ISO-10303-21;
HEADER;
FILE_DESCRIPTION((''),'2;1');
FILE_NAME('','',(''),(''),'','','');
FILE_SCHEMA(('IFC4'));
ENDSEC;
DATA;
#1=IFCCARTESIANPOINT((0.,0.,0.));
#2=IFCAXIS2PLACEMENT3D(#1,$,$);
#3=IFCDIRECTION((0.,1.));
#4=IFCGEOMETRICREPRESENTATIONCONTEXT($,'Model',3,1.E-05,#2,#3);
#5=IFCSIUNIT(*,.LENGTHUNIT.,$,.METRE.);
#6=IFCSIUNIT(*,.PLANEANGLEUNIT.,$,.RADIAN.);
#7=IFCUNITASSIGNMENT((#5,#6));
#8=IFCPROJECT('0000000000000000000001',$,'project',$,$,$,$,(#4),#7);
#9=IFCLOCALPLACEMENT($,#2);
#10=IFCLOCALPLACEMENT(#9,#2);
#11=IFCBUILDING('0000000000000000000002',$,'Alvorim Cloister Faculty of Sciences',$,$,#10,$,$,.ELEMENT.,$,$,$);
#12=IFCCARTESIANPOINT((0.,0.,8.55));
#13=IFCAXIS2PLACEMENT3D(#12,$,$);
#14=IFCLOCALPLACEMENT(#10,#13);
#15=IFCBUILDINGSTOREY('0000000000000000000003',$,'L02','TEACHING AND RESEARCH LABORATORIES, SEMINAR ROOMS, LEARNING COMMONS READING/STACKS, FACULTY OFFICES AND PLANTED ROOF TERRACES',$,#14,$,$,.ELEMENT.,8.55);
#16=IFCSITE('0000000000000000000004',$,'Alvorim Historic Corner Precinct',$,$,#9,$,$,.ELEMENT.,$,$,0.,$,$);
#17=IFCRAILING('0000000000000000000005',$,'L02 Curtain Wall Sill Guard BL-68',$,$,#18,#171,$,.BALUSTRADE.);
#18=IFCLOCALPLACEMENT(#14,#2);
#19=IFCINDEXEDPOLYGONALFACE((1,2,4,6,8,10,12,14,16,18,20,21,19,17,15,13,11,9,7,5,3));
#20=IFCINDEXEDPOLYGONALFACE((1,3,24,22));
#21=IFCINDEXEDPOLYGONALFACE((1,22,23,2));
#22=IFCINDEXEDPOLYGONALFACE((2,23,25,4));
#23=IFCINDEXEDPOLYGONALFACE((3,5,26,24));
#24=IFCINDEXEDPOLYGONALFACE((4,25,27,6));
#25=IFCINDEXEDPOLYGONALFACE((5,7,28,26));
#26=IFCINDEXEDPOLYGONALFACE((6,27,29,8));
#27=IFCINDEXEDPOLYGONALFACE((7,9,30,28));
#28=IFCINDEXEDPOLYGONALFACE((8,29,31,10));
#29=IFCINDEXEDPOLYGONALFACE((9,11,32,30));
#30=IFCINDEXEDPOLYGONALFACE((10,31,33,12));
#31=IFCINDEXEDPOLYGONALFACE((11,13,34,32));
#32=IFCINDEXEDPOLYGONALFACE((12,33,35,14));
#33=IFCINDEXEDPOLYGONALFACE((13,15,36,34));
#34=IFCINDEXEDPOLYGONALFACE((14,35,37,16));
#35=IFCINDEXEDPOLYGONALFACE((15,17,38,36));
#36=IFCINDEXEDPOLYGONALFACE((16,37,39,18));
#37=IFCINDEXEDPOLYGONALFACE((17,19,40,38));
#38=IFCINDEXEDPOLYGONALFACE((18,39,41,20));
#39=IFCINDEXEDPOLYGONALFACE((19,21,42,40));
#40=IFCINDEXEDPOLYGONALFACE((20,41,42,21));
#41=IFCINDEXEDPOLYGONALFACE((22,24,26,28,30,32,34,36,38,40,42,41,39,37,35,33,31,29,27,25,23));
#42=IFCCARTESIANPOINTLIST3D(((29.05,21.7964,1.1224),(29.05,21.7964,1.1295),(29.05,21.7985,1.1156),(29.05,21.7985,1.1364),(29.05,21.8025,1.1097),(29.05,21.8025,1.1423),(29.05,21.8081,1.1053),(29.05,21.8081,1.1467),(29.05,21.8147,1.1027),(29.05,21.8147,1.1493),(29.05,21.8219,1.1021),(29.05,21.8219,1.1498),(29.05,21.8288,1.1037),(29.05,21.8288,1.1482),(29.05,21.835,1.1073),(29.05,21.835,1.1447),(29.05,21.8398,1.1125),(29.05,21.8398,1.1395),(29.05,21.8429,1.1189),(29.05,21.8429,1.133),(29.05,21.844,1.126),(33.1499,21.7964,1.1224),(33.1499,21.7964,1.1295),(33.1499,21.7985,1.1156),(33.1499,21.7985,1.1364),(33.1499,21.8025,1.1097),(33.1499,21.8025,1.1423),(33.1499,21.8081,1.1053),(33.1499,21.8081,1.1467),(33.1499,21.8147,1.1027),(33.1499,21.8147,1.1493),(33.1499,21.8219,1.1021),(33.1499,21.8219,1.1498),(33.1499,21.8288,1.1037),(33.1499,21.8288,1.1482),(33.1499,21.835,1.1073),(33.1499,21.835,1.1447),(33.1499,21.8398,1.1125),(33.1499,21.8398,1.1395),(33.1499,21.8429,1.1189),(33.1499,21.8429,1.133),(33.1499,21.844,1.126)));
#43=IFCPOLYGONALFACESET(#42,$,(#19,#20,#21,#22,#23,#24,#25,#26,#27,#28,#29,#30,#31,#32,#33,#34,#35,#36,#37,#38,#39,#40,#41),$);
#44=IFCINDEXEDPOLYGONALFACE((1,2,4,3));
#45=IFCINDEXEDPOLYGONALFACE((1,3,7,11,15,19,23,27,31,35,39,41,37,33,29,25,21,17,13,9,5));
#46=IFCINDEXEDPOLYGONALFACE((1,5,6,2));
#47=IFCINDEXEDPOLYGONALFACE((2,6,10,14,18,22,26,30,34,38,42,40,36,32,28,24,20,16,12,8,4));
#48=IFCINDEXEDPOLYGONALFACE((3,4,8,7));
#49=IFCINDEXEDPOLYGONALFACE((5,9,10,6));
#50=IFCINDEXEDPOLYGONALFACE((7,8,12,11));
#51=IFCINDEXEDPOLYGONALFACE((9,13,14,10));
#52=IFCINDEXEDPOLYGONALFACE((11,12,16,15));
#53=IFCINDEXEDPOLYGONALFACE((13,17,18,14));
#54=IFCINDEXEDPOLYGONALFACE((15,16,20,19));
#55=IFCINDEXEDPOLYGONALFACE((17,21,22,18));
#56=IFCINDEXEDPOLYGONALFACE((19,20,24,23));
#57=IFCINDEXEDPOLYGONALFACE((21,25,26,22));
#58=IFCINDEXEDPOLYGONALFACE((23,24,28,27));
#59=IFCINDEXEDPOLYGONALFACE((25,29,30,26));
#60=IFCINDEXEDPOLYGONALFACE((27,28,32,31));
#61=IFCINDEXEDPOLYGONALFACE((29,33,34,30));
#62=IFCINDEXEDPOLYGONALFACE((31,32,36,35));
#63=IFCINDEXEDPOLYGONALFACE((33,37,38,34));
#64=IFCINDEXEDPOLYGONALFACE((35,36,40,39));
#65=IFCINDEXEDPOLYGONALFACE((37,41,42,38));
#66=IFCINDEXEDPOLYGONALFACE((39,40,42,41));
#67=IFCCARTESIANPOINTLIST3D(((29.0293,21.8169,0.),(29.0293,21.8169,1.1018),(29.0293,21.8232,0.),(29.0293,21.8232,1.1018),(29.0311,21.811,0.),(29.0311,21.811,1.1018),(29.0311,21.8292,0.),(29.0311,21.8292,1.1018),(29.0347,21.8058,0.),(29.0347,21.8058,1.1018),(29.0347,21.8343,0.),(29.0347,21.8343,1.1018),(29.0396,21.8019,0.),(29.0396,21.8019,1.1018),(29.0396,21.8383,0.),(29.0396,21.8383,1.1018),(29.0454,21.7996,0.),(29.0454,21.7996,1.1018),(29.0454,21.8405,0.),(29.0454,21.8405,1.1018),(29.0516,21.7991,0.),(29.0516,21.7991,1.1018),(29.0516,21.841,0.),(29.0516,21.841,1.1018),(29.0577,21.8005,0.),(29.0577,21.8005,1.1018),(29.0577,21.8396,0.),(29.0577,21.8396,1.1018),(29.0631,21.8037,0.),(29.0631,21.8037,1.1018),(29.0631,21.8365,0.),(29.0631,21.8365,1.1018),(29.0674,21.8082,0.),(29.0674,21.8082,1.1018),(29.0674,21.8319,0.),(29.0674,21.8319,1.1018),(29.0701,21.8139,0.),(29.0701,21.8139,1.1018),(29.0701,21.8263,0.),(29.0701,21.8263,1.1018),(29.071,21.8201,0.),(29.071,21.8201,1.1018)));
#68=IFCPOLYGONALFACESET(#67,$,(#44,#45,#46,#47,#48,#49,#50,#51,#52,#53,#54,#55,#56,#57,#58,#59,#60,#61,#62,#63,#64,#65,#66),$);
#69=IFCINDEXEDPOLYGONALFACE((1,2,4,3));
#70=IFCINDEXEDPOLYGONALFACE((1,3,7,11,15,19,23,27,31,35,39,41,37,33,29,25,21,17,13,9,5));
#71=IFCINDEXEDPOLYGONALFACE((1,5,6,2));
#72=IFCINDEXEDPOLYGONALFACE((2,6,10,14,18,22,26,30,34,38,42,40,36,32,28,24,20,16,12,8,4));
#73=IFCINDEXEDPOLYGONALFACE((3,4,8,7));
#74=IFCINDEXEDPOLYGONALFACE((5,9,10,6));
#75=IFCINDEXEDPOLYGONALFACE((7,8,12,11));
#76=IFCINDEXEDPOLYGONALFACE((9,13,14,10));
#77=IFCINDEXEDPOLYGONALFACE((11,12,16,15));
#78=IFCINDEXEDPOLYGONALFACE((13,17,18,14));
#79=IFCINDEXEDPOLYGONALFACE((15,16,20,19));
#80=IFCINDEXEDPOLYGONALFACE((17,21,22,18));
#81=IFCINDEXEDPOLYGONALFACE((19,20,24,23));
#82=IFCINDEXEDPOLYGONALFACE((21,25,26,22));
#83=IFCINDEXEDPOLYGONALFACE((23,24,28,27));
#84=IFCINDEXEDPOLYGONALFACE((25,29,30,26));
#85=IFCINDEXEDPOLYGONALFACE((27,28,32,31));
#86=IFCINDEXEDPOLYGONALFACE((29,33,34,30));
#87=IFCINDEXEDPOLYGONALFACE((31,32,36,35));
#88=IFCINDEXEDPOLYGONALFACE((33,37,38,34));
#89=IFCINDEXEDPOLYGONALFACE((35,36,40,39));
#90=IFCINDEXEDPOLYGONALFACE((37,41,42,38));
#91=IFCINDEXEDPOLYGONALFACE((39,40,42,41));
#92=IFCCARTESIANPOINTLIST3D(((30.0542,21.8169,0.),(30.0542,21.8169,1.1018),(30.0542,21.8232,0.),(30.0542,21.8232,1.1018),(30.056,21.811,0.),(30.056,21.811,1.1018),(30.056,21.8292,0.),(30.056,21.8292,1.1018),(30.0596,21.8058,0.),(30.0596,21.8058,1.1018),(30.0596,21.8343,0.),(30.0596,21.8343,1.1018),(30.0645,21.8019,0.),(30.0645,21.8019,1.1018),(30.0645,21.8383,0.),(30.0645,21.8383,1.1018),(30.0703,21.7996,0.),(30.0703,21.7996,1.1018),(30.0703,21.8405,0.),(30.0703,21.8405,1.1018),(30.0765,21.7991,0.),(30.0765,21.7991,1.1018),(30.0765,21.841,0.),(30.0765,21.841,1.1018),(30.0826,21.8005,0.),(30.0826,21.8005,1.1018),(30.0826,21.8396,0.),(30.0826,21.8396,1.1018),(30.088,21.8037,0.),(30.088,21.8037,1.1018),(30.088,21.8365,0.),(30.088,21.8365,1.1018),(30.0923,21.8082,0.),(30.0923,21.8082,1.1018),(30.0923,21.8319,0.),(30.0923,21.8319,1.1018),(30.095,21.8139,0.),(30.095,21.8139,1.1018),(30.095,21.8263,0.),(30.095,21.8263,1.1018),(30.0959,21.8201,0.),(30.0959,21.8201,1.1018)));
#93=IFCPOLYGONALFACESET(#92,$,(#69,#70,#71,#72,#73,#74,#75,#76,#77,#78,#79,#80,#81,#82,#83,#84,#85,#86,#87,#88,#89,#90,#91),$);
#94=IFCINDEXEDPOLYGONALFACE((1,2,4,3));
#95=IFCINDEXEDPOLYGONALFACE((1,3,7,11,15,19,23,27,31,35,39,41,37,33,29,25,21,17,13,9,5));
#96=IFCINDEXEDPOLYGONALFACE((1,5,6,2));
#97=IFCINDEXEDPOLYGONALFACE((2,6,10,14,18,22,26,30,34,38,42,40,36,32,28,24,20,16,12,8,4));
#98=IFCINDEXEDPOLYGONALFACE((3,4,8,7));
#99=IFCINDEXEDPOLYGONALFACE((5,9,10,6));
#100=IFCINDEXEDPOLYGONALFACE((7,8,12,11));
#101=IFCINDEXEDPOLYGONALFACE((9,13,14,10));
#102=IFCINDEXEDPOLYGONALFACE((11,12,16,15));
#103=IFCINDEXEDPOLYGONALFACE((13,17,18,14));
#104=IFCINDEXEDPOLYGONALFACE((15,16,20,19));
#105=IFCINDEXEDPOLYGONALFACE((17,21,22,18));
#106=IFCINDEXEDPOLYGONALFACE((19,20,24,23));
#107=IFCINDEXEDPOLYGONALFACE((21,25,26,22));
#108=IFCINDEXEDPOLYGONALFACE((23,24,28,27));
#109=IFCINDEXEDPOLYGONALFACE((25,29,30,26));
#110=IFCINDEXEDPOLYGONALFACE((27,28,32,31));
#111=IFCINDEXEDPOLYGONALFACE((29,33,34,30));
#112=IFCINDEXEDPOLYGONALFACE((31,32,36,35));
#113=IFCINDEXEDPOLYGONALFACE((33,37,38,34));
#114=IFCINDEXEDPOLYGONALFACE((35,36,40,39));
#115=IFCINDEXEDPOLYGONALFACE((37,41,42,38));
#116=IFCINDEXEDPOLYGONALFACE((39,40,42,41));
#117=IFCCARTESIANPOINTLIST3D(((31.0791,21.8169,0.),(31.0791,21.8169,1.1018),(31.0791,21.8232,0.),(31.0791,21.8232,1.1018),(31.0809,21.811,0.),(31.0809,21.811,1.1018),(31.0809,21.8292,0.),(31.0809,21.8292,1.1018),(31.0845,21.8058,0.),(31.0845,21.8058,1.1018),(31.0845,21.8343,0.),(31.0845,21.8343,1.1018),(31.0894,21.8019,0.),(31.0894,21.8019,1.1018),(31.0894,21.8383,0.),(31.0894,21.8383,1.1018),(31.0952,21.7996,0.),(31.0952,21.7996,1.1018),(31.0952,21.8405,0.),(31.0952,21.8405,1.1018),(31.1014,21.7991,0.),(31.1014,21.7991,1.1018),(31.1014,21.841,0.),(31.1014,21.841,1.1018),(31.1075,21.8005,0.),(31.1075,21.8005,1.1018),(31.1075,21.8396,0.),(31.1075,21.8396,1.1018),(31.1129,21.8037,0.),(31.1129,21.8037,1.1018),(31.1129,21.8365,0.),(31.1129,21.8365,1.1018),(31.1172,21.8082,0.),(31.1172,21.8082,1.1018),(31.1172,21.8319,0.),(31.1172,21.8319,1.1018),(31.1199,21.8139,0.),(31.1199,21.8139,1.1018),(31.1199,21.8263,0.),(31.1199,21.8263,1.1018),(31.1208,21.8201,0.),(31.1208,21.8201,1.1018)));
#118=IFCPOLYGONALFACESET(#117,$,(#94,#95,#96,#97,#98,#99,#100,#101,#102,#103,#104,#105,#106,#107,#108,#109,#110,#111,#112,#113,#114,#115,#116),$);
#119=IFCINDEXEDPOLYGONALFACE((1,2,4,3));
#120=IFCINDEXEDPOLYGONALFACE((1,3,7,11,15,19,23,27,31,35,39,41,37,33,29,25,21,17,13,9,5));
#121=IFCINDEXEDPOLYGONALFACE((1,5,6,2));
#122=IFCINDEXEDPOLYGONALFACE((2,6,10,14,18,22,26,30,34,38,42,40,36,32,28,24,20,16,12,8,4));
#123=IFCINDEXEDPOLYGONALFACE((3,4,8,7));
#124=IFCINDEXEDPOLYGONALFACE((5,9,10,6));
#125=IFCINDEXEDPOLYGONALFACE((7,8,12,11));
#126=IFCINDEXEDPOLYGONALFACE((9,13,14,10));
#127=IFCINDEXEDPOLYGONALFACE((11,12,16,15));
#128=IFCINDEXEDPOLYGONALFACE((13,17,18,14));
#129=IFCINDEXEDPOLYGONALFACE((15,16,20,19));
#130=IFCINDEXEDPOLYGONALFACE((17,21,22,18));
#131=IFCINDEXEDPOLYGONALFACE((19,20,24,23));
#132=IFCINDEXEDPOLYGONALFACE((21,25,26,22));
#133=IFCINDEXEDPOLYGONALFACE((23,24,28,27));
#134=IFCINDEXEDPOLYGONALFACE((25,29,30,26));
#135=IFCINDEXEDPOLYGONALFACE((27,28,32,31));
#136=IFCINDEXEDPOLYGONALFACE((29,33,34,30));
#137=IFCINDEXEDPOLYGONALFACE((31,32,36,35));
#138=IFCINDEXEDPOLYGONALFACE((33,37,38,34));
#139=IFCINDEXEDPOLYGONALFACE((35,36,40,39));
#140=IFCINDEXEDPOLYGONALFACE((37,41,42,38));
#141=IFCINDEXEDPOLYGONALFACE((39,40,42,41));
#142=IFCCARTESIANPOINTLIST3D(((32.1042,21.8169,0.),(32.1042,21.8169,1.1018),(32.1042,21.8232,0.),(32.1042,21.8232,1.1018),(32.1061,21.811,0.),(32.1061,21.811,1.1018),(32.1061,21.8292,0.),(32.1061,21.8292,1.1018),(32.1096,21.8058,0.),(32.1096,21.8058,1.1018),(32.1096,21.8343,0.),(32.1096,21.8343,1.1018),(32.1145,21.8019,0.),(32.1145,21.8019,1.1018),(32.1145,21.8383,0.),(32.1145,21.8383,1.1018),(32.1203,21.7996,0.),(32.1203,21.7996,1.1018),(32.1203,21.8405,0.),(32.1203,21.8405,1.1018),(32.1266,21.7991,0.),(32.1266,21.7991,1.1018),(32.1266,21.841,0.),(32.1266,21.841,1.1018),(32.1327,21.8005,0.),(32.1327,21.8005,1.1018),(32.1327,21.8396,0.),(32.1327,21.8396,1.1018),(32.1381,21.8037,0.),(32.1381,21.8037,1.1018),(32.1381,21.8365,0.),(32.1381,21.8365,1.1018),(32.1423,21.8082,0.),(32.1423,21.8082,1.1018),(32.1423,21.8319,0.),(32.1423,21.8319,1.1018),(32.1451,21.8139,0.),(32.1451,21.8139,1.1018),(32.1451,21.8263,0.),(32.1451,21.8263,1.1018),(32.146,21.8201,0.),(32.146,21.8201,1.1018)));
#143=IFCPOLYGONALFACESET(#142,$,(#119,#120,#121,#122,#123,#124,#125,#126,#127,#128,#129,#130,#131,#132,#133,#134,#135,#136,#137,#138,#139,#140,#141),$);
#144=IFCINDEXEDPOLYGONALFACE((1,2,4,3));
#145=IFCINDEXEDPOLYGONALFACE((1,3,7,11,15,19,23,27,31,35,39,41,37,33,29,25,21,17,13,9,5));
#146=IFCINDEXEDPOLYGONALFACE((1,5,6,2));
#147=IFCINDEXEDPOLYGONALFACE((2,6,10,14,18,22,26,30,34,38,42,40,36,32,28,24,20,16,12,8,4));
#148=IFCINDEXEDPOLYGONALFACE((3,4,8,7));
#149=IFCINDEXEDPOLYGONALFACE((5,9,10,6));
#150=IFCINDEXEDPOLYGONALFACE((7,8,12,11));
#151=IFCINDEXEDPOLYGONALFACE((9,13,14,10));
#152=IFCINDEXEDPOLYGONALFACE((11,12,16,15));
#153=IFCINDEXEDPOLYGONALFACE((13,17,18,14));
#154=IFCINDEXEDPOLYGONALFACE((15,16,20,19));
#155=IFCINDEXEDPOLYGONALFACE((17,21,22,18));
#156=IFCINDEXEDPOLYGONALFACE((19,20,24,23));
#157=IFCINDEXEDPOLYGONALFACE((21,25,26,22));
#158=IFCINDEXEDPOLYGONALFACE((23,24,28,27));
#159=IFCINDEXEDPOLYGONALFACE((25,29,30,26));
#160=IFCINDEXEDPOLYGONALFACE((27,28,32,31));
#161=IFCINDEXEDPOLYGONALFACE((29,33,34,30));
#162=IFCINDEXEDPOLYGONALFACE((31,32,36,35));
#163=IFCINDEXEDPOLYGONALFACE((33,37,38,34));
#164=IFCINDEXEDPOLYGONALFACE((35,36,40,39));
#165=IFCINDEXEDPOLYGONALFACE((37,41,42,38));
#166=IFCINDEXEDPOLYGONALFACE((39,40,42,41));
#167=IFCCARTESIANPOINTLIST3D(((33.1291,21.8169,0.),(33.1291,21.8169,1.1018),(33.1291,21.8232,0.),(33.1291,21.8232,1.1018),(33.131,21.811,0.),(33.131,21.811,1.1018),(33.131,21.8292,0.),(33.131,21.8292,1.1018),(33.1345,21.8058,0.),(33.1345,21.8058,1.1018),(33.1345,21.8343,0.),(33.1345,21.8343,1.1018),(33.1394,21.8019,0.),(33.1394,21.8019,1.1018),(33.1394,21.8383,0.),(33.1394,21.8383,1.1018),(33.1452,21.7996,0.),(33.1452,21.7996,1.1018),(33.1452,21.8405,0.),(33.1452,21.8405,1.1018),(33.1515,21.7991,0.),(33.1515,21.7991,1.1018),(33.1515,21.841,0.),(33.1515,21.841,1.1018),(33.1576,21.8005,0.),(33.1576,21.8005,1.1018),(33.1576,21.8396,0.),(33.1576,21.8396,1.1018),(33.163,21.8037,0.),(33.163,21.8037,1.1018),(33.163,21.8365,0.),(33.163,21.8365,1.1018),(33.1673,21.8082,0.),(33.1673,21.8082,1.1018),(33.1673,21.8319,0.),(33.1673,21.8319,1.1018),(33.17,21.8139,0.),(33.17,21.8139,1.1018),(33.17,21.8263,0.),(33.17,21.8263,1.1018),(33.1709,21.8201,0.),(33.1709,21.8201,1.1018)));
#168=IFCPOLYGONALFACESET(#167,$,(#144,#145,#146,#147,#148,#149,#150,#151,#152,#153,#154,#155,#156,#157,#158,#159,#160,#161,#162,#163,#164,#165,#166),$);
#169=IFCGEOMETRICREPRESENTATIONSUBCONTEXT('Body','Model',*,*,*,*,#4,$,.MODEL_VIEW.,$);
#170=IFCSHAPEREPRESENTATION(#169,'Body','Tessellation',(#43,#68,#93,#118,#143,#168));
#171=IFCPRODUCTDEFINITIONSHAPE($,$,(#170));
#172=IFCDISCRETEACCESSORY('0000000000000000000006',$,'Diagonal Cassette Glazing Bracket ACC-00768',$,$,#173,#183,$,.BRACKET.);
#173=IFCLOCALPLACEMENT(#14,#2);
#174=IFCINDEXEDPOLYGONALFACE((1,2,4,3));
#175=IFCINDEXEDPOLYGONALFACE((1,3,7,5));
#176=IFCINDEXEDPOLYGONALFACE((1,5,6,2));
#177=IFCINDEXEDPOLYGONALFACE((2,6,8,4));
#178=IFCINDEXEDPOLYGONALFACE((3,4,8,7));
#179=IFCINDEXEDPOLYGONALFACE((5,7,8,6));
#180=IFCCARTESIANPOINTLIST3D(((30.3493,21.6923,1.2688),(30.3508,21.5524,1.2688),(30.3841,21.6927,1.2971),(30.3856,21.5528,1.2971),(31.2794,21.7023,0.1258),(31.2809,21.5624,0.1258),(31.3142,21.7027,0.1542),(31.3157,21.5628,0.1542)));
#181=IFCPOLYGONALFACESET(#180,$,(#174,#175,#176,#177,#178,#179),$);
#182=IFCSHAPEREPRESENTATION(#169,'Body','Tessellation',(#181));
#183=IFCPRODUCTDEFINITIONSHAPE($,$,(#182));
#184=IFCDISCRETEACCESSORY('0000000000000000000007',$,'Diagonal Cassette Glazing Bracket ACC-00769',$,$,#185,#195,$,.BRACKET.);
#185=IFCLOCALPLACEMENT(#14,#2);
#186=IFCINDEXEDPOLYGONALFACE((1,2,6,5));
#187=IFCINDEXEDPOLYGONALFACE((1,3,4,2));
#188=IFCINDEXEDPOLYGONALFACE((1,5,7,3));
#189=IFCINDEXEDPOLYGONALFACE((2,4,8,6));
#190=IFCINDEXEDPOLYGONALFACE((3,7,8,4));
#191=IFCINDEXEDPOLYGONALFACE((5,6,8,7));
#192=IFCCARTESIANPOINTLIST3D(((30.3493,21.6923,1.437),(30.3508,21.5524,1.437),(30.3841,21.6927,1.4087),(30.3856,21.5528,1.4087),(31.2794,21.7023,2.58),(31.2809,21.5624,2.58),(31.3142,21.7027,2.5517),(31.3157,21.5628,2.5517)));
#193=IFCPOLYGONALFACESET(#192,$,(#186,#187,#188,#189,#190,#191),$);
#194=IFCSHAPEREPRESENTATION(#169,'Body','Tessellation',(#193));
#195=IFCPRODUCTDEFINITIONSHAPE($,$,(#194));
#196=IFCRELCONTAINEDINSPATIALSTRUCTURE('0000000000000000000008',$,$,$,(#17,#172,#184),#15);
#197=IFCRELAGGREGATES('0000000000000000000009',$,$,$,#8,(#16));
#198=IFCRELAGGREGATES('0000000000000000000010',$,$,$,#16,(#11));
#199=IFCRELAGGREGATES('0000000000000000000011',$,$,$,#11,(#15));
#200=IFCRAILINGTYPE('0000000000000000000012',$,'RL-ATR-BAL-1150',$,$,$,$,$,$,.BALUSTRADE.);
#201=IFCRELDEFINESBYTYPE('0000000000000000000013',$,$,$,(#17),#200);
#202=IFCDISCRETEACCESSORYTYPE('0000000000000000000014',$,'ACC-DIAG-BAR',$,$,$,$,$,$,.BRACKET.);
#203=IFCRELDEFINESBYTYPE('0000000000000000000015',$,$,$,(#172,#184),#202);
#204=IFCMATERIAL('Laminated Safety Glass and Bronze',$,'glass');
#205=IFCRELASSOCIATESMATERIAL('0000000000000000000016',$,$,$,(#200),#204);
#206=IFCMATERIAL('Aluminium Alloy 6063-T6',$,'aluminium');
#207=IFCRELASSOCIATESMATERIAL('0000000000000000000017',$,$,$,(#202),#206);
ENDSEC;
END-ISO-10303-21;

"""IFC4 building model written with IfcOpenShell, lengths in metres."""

from ifc_helpers import new_model, si_unit, direction, frame, origin, origin_2d, place, context, subcontext, project, spatial, rectangle, circle, extrude, material, type_object, element, save


model = new_model("IFC4")

# Units and contexts
model_context = context("Model", 3, precision=1e-05, world=origin(), true_north=direction((0.0, 1.0)))
body_context = subcontext(model_context, "Body", "Model", "MODEL_VIEW")
ifc_project = project(units=[si_unit("LENGTHUNIT", "METRE"), si_unit("PLANEANGLEUNIT", "RADIAN")], contexts=[model_context])

# Site, building, storey
site_placement = place(None, origin())
site = spatial("IfcSite", under=ifc_project, at=site_placement, Name="Alvorim Historic Corner Precinct", CompositionType="ELEMENT", RefElevation=0.0)
building_placement = place(site_placement, origin())
building = spatial("IfcBuilding", under=site, at=building_placement, Name="Alvorim Cloister Faculty of Sciences", CompositionType="ELEMENT")
storey_placement = place(building_placement, frame((0.0, 0.0, 8.55)))
storey = spatial("IfcBuildingStorey", under=building, at=storey_placement, Name="L02", Description="TEACHING AND RESEARCH LABORATORIES, SEMINAR ROOMS, LEARNING COMMONS READING/STACKS, FACULTY OFFICES AND PLANTED ROOF TERRACES", CompositionType="ELEMENT", Elevation=8.55)

# Shared definitions
ifc_material_1 = material(Name="Aluminium Alloy 6063-T6", Category="aluminium")

# Railing
ifc_material_2 = material(Name="Laminated Safety Glass and Bronze", Category="glass")
railing_type = type_object("IfcRailingType", Name="RL-ATR-BAL-1150", PredefinedType="BALUSTRADE", material=ifc_material_2)
railing_placement = place(storey_placement, frame((29.05, 21.8201, 0.0)))
element("IfcRailing", 1, at=railing_placement, inside=storey, type_object=railing_type, Name="L02 Curtain Wall Sill Guard BL-68", PredefinedType="BALUSTRADE", context=body_context, shape_type="SweptSolid", body=[
    extrude(circle(Radius=0.0239, at=origin_2d()), frame((0.0, 0.0, 1.126), z_axis=(1.0, 0.0, 0.0), x_axis=(0.0, 1.0, 0.0)), (0.0, 0.0, 1.0), 4.0999),
    extrude(circle(Radius=0.021, at=origin_2d()), origin(), (0.0, 0.0, 1.0), 1.1018),
    extrude(circle(Radius=0.021, at=origin_2d()), frame((1.0249, 0.0, 0.0)), (0.0, 0.0, 1.0), 1.1018),
    extrude(circle(Radius=0.021, at=origin_2d()), frame((2.0498, 0.0, 0.0)), (0.0, 0.0, 1.0), 1.1018),
    extrude(circle(Radius=0.021, at=origin_2d()), frame((3.075, 0.0, 0.0)), (0.0, 0.0, 1.0), 1.1018),
    extrude(circle(Radius=0.021, at=origin_2d()), frame((4.0999, 0.0, 0.0)), (0.0, 0.0, 1.0), 1.1018),
])

# Discrete accessories
discrete_accessory_type = type_object("IfcDiscreteAccessoryType", Name="ACC-DIAG-BAR", PredefinedType="BRACKET", material=ifc_material_1)
for number, where, z_axis, x_axis, name in (
    (2, (30.3674, 21.6226, 1.283), (0.631164, 0.006792, -0.77562), (-0.010761, 0.999942, 0.0), "Diagonal Cassette Glazing Bracket ACC-00768"),
    (3, (30.3674, 21.6226, 1.4229), (0.631164, 0.006792, 0.77562), (-0.010761, 0.999942, 0.0), "Diagonal Cassette Glazing Bracket ACC-00769"),
):
    element("IfcDiscreteAccessory", number, at=place(storey_placement, frame(where, z_axis=z_axis, x_axis=x_axis)), inside=storey, type_object=discrete_accessory_type, Name=name, PredefinedType="BRACKET", context=body_context, shape_type="SweptSolid", body=[
        extrude(rectangle(XDim=0.1399, YDim=0.0449, at=origin_2d()), origin(), (0.0, 0.0, 1.0), 1.4736),
    ])

save(model, "model.ifc")
